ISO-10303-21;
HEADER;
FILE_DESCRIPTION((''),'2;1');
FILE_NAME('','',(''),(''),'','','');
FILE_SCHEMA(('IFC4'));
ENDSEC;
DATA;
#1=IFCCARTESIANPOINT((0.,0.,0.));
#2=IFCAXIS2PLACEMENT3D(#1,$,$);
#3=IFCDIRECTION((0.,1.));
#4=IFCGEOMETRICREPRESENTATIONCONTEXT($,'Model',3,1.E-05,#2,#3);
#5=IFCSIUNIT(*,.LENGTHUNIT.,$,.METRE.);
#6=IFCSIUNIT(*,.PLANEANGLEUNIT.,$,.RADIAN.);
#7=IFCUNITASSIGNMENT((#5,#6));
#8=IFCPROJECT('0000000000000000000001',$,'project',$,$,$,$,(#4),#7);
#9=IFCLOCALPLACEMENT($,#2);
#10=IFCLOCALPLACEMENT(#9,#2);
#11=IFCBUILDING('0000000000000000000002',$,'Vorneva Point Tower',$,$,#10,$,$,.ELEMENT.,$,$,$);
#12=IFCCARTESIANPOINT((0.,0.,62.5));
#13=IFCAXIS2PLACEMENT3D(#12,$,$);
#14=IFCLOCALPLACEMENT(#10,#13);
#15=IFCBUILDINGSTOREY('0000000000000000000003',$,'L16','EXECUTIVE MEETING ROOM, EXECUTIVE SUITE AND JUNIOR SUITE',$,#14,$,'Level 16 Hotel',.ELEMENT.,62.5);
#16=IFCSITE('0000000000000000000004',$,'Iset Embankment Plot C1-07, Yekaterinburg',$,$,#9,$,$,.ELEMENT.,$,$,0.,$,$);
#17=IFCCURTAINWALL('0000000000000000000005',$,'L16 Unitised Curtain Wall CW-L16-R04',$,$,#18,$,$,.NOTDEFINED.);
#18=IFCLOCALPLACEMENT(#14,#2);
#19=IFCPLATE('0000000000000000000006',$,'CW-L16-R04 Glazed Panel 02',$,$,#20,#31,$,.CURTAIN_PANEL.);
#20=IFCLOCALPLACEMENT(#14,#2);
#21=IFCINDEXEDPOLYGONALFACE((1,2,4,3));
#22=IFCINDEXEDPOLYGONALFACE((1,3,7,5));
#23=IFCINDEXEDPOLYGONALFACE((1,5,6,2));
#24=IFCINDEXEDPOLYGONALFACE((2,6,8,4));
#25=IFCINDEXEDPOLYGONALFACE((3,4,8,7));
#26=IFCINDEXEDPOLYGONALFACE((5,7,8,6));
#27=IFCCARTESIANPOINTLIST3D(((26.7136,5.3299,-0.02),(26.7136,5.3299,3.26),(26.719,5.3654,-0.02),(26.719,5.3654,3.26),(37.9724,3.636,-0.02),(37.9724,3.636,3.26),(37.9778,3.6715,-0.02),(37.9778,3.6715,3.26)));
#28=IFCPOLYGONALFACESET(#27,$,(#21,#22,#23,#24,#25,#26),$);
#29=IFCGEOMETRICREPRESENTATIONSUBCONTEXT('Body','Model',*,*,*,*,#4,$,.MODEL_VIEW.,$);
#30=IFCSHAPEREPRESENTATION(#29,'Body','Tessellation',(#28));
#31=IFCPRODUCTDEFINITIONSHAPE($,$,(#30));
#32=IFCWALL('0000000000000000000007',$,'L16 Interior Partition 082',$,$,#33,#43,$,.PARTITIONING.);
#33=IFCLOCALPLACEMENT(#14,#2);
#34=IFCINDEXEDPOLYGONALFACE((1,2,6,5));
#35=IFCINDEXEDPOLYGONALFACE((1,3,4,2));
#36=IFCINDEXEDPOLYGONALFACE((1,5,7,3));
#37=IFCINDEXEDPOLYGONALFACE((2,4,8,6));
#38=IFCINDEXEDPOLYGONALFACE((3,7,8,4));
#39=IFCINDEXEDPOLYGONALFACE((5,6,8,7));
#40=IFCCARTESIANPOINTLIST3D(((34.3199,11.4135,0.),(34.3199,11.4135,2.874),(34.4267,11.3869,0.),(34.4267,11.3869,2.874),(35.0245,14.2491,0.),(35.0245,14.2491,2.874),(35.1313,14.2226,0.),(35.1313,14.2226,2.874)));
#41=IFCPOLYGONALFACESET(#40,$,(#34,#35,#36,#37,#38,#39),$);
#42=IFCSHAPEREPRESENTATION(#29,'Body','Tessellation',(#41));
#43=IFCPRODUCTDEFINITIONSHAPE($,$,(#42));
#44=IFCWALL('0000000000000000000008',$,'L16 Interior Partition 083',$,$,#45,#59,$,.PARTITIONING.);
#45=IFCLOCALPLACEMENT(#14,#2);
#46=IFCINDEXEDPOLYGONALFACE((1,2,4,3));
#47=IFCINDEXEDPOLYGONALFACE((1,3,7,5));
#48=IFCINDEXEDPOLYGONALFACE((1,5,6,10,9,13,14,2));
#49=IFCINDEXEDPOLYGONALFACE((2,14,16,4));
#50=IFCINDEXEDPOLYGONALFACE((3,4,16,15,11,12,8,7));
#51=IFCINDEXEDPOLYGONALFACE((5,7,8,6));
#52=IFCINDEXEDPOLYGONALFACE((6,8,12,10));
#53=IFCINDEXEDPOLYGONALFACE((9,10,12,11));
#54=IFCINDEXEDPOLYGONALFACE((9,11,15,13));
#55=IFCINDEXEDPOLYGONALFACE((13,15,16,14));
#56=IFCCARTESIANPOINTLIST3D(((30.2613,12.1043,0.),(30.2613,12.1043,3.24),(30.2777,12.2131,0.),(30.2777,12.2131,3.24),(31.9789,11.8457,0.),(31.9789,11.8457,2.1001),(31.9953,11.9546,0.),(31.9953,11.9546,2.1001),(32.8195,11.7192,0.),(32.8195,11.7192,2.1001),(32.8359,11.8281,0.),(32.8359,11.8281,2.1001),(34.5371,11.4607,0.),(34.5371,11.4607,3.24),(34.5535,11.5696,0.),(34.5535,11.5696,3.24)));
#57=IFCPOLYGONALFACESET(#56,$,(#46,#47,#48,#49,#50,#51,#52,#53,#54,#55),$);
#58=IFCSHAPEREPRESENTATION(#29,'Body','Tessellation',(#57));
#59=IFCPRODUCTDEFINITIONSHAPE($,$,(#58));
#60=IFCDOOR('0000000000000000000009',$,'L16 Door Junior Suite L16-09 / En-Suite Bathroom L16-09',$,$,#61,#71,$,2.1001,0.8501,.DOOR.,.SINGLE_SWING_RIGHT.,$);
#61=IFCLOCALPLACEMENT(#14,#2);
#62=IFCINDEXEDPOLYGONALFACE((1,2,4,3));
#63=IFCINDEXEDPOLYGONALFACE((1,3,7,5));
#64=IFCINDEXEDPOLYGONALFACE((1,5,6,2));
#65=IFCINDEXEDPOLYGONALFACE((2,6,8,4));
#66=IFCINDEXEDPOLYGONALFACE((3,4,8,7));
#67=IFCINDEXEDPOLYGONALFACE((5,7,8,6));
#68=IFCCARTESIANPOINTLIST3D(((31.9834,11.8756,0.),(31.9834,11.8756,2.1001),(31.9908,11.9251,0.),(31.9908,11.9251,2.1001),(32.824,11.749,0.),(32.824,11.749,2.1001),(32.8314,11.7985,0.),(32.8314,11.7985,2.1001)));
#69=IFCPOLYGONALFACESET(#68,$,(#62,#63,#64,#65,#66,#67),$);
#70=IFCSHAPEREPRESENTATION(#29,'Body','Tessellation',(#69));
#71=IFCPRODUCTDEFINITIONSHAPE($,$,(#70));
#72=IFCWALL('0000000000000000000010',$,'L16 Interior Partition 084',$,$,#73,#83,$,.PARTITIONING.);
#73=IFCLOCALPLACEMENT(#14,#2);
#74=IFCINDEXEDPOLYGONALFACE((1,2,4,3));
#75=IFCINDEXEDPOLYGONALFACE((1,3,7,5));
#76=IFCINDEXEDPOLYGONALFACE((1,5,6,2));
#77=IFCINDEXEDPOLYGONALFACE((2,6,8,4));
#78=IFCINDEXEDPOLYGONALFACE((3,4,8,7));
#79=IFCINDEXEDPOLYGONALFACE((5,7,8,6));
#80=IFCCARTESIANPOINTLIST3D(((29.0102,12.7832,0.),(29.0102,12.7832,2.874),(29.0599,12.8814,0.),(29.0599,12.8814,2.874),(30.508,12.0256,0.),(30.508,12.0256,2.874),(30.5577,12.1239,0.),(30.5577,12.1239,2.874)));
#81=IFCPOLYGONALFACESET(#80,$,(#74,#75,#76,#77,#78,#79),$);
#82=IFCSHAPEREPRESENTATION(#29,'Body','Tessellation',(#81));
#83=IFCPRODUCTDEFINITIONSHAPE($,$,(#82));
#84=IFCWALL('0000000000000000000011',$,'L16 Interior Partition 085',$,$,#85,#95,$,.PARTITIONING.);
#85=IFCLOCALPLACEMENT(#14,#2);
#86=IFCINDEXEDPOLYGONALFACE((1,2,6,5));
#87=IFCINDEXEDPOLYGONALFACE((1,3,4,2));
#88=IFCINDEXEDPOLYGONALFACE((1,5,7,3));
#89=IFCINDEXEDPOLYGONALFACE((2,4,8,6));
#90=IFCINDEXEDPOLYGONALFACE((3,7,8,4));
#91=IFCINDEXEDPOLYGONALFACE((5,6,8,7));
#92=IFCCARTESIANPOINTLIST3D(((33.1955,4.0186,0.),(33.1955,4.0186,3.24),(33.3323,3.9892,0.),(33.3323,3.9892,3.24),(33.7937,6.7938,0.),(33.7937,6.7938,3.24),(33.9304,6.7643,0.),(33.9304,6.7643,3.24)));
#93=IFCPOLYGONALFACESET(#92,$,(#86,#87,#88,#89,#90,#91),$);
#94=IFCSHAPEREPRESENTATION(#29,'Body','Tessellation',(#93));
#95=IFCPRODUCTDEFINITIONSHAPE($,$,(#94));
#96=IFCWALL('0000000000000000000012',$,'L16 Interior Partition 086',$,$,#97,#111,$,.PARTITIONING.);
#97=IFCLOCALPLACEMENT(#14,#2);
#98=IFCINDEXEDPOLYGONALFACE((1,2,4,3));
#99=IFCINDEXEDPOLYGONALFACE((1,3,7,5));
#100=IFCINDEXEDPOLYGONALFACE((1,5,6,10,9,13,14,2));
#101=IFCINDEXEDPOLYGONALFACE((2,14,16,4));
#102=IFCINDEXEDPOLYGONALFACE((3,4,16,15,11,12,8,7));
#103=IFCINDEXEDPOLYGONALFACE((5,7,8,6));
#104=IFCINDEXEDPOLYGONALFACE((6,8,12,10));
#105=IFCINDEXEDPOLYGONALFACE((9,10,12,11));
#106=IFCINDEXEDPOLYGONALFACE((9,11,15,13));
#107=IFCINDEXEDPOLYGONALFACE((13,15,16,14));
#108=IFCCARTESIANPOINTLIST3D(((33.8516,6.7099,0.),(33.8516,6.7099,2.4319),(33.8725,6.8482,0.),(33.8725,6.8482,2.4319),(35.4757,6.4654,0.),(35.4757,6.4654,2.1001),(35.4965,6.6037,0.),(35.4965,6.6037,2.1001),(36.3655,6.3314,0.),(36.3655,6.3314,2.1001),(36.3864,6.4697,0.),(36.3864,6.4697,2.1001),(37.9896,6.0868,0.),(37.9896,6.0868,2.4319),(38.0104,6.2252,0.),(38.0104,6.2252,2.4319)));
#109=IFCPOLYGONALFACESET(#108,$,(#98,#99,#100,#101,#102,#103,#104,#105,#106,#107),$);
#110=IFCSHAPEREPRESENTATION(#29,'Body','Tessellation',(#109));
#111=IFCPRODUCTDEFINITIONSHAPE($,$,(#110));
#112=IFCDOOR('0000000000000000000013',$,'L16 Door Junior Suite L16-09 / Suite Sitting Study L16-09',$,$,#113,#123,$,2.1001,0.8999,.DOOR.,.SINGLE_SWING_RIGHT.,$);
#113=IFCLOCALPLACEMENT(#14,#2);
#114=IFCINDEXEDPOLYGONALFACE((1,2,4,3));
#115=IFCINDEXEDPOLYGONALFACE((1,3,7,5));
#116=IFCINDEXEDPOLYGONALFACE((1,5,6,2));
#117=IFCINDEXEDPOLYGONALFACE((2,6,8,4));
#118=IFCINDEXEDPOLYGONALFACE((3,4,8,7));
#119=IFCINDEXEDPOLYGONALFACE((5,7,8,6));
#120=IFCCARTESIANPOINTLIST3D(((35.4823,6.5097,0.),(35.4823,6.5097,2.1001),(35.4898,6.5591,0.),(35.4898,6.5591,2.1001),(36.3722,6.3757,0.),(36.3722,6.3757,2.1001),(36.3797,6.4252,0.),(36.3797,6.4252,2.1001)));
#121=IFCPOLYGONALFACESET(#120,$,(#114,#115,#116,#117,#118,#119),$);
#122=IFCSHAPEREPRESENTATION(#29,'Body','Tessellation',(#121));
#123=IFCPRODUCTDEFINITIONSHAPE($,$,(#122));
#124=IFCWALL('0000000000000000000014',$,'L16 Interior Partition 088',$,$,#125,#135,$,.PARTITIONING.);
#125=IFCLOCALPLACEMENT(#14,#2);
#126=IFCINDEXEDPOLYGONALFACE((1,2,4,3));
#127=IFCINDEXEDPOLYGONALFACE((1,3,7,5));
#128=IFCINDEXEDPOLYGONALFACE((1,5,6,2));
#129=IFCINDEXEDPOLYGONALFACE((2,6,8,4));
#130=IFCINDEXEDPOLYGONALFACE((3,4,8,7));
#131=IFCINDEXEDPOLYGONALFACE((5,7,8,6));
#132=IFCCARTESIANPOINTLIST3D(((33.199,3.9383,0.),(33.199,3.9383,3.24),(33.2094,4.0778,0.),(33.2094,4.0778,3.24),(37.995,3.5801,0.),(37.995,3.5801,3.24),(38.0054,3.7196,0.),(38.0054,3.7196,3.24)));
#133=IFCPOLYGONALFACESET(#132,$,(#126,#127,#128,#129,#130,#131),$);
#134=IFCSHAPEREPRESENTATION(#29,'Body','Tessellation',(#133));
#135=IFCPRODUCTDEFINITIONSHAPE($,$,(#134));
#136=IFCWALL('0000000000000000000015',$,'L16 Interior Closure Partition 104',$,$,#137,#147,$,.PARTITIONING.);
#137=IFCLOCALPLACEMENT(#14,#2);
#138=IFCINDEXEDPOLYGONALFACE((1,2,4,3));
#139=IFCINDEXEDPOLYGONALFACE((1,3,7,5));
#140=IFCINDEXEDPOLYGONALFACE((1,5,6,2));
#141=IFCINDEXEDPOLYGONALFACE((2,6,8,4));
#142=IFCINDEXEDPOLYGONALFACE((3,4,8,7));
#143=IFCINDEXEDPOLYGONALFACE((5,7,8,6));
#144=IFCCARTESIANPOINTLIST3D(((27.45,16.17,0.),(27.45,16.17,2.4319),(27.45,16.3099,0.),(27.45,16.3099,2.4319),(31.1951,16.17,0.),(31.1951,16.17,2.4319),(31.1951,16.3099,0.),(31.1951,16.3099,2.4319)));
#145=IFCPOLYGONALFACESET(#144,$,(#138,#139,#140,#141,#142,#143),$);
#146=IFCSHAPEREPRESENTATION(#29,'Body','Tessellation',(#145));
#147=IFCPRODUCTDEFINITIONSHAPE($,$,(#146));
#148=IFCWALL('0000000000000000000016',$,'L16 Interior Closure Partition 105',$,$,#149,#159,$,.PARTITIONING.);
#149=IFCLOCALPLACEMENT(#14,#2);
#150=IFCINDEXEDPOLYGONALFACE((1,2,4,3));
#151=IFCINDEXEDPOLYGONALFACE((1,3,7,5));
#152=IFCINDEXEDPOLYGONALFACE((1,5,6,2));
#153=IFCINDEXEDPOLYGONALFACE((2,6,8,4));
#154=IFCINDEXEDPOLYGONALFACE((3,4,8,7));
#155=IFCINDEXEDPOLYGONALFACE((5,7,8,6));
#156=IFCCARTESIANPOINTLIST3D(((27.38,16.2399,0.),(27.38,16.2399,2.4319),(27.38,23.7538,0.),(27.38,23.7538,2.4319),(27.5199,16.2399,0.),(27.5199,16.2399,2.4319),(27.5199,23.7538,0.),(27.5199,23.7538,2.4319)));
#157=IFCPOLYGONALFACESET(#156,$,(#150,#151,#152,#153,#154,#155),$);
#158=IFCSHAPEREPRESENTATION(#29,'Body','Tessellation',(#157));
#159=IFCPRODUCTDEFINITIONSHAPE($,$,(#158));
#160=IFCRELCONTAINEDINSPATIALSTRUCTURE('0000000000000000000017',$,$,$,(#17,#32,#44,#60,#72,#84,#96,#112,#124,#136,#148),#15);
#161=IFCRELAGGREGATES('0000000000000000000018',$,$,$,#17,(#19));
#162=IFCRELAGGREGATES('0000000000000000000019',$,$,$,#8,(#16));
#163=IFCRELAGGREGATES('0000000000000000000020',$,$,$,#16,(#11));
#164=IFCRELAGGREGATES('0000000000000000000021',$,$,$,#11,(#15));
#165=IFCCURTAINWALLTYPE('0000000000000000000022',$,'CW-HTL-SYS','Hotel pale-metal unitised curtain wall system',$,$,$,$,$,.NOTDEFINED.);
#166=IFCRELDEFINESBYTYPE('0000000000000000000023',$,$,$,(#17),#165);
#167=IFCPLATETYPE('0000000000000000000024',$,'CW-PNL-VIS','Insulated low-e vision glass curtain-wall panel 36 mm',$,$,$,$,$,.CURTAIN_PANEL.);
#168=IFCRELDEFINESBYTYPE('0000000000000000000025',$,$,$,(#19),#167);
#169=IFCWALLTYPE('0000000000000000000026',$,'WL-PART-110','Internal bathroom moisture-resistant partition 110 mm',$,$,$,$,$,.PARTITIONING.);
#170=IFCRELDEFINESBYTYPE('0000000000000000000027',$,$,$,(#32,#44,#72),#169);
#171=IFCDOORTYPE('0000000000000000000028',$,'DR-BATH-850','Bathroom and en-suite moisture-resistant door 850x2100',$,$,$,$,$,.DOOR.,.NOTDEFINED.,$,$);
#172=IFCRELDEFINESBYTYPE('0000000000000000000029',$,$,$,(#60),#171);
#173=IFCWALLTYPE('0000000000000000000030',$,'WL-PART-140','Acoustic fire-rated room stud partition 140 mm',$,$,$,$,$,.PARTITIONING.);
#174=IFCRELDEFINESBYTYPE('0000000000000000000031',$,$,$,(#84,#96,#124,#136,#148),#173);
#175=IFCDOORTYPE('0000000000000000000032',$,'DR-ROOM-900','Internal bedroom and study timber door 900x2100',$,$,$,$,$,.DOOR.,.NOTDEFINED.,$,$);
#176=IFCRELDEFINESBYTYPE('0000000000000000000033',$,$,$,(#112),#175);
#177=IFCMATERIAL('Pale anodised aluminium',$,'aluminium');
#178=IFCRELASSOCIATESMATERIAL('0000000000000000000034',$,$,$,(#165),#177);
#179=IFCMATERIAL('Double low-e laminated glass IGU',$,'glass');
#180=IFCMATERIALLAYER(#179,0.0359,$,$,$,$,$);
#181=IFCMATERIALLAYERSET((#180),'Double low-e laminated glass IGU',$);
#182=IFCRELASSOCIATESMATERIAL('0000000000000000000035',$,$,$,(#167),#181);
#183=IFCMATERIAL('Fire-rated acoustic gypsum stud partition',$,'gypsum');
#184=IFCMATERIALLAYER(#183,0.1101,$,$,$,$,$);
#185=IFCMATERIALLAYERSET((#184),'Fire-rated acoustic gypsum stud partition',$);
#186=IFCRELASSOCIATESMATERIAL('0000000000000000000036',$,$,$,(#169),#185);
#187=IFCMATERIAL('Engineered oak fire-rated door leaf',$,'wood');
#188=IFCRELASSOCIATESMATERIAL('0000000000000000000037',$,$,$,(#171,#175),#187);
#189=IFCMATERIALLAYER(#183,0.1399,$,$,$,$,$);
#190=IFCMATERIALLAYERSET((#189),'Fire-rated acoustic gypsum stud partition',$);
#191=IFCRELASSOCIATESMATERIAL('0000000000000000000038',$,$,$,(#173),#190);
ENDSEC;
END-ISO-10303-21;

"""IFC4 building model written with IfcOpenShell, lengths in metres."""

from ifc_helpers import new_model, si_unit, direction, frame, frame_2d, origin, origin_2d, place, context, subcontext, project, spatial, rectangle, extrude, material, layer, layer_set, type_object, element, fill, aggregate, save


model = new_model("IFC4")

# Units and contexts
model_context = context("Model", 3, precision=1e-05, world=origin(), true_north=direction((0.0, 1.0)))
body_context = subcontext(model_context, "Body", "Model", "MODEL_VIEW")
ifc_project = project(units=[si_unit("LENGTHUNIT", "METRE"), si_unit("PLANEANGLEUNIT", "RADIAN")], contexts=[model_context])

# Site, building, storey
site_placement = place(None, origin())
site = spatial("IfcSite", under=ifc_project, at=site_placement, Name="Iset Embankment Plot C1-07, Yekaterinburg", CompositionType="ELEMENT", RefElevation=0.0)
building_placement = place(site_placement, origin())
building = spatial("IfcBuilding", under=site, at=building_placement, Name="Vorneva Point Tower", CompositionType="ELEMENT")
storey_placement = place(building_placement, frame((0.0, 0.0, 62.5)))
storey = spatial("IfcBuildingStorey", under=building, at=storey_placement, Name="L16", Description="EXECUTIVE MEETING ROOM, EXECUTIVE SUITE AND JUNIOR SUITE", LongName="Level 16 Hotel", CompositionType="ELEMENT", Elevation=62.5)

# Curtain wall, plate
ifc_material_1 = material(Name="Pale anodised aluminium", Category="aluminium")
curtain_wall_type = type_object("IfcCurtainWallType", Name="CW-HTL-SYS", Description="Hotel pale-metal unitised curtain wall system", PredefinedType="NOTDEFINED", material=ifc_material_1)
curtain_wall_placement = place(storey_placement, origin())
curtain_wall = element("IfcCurtainWall", 1, at=curtain_wall_placement, inside=storey, type_object=curtain_wall_type, Name="L16 Unitised Curtain Wall CW-L16-R04", PredefinedType="NOTDEFINED")
ifc_material_2 = material(Name="Double low-e laminated glass IGU", Category="glass")
ifc_layer_1 = layer(ifc_material_2, 0.0359)
ifc_layer_set_1 = layer_set([ifc_layer_1], Name="Double low-e laminated glass IGU")
plate_type = type_object("IfcPlateType", Name="CW-PNL-VIS", Description="Insulated low-e vision glass curtain-wall panel 36 mm", PredefinedType="CURTAIN_PANEL", material=ifc_layer_set_1)
plate_placement = place(storey_placement, frame((32.3457, 4.5007, -0.02), z_axis=(0.0, 0.0, 1.0), x_axis=(0.988871, -0.148776, 0.0)))
plate = element("IfcPlate", 2, at=plate_placement, type_object=plate_type, Name="CW-L16-R04 Glazed Panel 02", PredefinedType="CURTAIN_PANEL", context=body_context, shape_type="SweptSolid", body=[
    extrude(rectangle(XDim=11.3855, YDim=0.0359, at=origin_2d()), origin(), (0.0, 0.0, 1.0), 3.28),
])
aggregate(curtain_wall, [plate])

# Wall
ifc_material_3 = material(Name="Fire-rated acoustic gypsum stud partition", Category="gypsum")
ifc_layer_2 = layer(ifc_material_3, 0.1101)
ifc_layer_set_2 = layer_set([ifc_layer_2], Name="Fire-rated acoustic gypsum stud partition")
wall_type_1 = type_object("IfcWallType", Name="WL-PART-110", Description="Internal bathroom moisture-resistant partition 110 mm", PredefinedType="PARTITIONING", material=ifc_layer_set_2)
wall_1_placement = place(storey_placement, frame((35.0779, 14.2358, 0.0), z_axis=(0.0, 0.0, 1.0), x_axis=(-0.24114, -0.97049, 0.0)))
element("IfcWall", 3, at=wall_1_placement, inside=storey, type_object=wall_type_1, Name="L16 Interior Partition 082", PredefinedType="PARTITIONING", context=body_context, shape_type="SweptSolid", body=[
    extrude(rectangle(XDim=2.9219, YDim=0.1101, at=frame_2d((1.4609, 0.0))), origin(), (0.0, 0.0, 1.0), 2.874),
])

# Wall, opening, door
wall_2_placement = place(storey_placement, frame((34.5454, 11.5151, 0.0), z_axis=(0.0, 0.0, 1.0), x_axis=(-0.988863, 0.148832, 0.0)))
wall_2 = element("IfcWall", 4, at=wall_2_placement, inside=storey, type_object=wall_type_1, Name="L16 Interior Partition 083", PredefinedType="PARTITIONING", context=body_context, shape_type="SweptSolid", body=[
    extrude(rectangle(XDim=4.324, YDim=0.1101, at=frame_2d((2.1621, 0.0))), origin(), (0.0, 0.0, 1.0), 3.24),
])
opening_1_placement = place(wall_2_placement, frame((1.7371, 0.0, 0.0)))
opening_1 = element("IfcOpeningElement", 5, at=opening_1_placement, cuts=wall_2, PredefinedType="OPENING", context=body_context, shape_type="SweptSolid", body=[
    extrude(rectangle(XDim=0.8501, YDim=2.1001, at=frame_2d((0.425, 1.05))), frame((0.0, 0.0698, 0.0), z_axis=(0.0, -1.0, 0.0), x_axis=(1.0, 0.0, 0.0)), (0.0, 0.0, 1.0), 0.1399),
])
ifc_material_4 = material(Name="Engineered oak fire-rated door leaf", Category="wood")
door_type_1 = type_object("IfcDoorType", Name="DR-BATH-850", Description="Bathroom and en-suite moisture-resistant door 850x2100", OperationType="NOTDEFINED", PredefinedType="DOOR", material=ifc_material_4)
door_1_placement = place(opening_1_placement, origin())
door_1 = element("IfcDoor", 6, at=door_1_placement, inside=storey, type_object=door_type_1, Name="L16 Door Junior Suite L16-09 / En-Suite Bathroom L16-09", OperationType="SINGLE_SWING_RIGHT", OverallHeight=2.1001, OverallWidth=0.8501, PredefinedType="DOOR", context=body_context, shape_type="SweptSolid", body=[
    extrude(rectangle(XDim=0.8501, YDim=2.1001, at=frame_2d((0.425, 1.05))), frame((0.0, 0.0249, 0.0), z_axis=(0.0, -1.0, 0.0), x_axis=(1.0, 0.0, 0.0)), (0.0, 0.0, 1.0), 0.05),
])
fill(opening_1, door_1)

# Walls
wall_3_placement = place(storey_placement, frame((30.533, 12.0747, 0.0), z_axis=(0.0, 0.0, 1.0), x_axis=(-0.892352, 0.45134, 0.0)))
element("IfcWall", 7, at=wall_3_placement, inside=storey, type_object=wall_type_1, Name="L16 Interior Partition 084", PredefinedType="PARTITIONING", context=body_context, shape_type="SweptSolid", body=[
    extrude(rectangle(XDim=1.6785, YDim=0.1101, at=frame_2d((0.8394, 0.0))), origin(), (0.0, 0.0, 1.0), 2.874),
])
ifc_layer_3 = layer(ifc_material_3, 0.1399)
ifc_layer_set_3 = layer_set([ifc_layer_3], Name="Fire-rated acoustic gypsum stud partition")
wall_type_2 = type_object("IfcWallType", Name="WL-PART-140", Description="Acoustic fire-rated room stud partition 140 mm", PredefinedType="PARTITIONING", material=ifc_layer_set_3)
wall_4_placement = place(storey_placement, frame((33.2639, 4.0039, 0.0), z_axis=(0.0, 0.0, 1.0), x_axis=(0.210698, 0.977551, 0.0)))
element("IfcWall", 8, at=wall_4_placement, inside=storey, type_object=wall_type_2, Name="L16 Interior Partition 085", PredefinedType="PARTITIONING", context=body_context, shape_type="SweptSolid", body=[
    extrude(rectangle(XDim=2.8389, YDim=0.1399, at=frame_2d((1.4194, 0.0))), origin(), (0.0, 0.0, 1.0), 3.24),
])

# Wall, opening, door
wall_5_placement = place(storey_placement, frame((33.8621, 6.7791, 0.0), z_axis=(0.0, 0.0, 1.0), x_axis=(0.988854, -0.148891, 0.0)))
wall_5 = element("IfcWall", 9, at=wall_5_placement, inside=storey, type_object=wall_type_2, Name="L16 Interior Partition 086", PredefinedType="PARTITIONING", context=body_context, shape_type="SweptSolid", body=[
    extrude(rectangle(XDim=4.1846, YDim=0.1399, at=frame_2d((2.0923, 0.0))), origin(), (0.0, 0.0, 1.0), 2.4319),
])
opening_2_placement = place(wall_5_placement, frame((1.6423, 0.0, 0.0)))
opening_2 = element("IfcOpeningElement", 10, at=opening_2_placement, cuts=wall_5, PredefinedType="OPENING", context=body_context, shape_type="SweptSolid", body=[
    extrude(rectangle(XDim=0.8999, YDim=2.1001, at=frame_2d((0.45, 1.05))), frame((0.0, 0.085, 0.0), z_axis=(0.0, -1.0, 0.0), x_axis=(1.0, 0.0, 0.0)), (0.0, 0.0, 1.0), 0.1697),
])
door_type_2 = type_object("IfcDoorType", Name="DR-ROOM-900", Description="Internal bedroom and study timber door 900x2100", OperationType="NOTDEFINED", PredefinedType="DOOR", material=ifc_material_4)
door_2_placement = place(opening_2_placement, origin())
door_2 = element("IfcDoor", 11, at=door_2_placement, inside=storey, type_object=door_type_2, Name="L16 Door Junior Suite L16-09 / Suite Sitting Study L16-09", OperationType="SINGLE_SWING_RIGHT", OverallHeight=2.1001, OverallWidth=0.8999, PredefinedType="DOOR", context=body_context, shape_type="SweptSolid", body=[
    extrude(rectangle(XDim=0.8999, YDim=2.1001, at=frame_2d((0.45, 1.05))), frame((0.0, 0.0249, 0.0), z_axis=(0.0, -1.0, 0.0), x_axis=(1.0, 0.0, 0.0)), (0.0, 0.0, 1.0), 0.05),
])
fill(opening_2, door_2)

# Walls
wall_6_placement = place(storey_placement, frame((33.2041, 4.0081, 0.0), z_axis=(0.0, 0.0, 1.0), x_axis=(0.997223, -0.074472, 0.0)))
element("IfcWall", 12, at=wall_6_placement, inside=storey, type_object=wall_type_2, Name="L16 Interior Partition 088", PredefinedType="PARTITIONING", context=body_context, shape_type="SweptSolid", body=[
    extrude(rectangle(XDim=4.8093, YDim=0.1399, at=frame_2d((2.4048, 0.0))), origin(), (0.0, 0.0, 1.0), 3.24),
])
wall_7_placement = place(storey_placement, frame((31.1951, 16.24, 0.0), z_axis=(0.0, 0.0, 1.0), x_axis=(-1.0, 0.0, 0.0)))
element("IfcWall", 13, at=wall_7_placement, inside=storey, type_object=wall_type_2, Name="L16 Interior Closure Partition 104", PredefinedType="PARTITIONING", context=body_context, shape_type="SweptSolid", body=[
    extrude(rectangle(XDim=3.7451, YDim=0.1399, at=frame_2d((1.8726, 0.0))), origin(), (0.0, 0.0, 1.0), 2.4319),
])
wall_8_placement = place(storey_placement, frame((27.45, 16.24, 0.0), z_axis=(0.0, 0.0, 1.0), x_axis=(0.0, 1.0, 0.0)))
element("IfcWall", 14, at=wall_8_placement, inside=storey, type_object=wall_type_2, Name="L16 Interior Closure Partition 105", PredefinedType="PARTITIONING", context=body_context, shape_type="SweptSolid", body=[
    extrude(rectangle(XDim=7.5139, YDim=0.1399, at=frame_2d((3.7568, 0.0))), origin(), (0.0, 0.0, 1.0), 2.4319),
])

save(model, "model.ifc")
